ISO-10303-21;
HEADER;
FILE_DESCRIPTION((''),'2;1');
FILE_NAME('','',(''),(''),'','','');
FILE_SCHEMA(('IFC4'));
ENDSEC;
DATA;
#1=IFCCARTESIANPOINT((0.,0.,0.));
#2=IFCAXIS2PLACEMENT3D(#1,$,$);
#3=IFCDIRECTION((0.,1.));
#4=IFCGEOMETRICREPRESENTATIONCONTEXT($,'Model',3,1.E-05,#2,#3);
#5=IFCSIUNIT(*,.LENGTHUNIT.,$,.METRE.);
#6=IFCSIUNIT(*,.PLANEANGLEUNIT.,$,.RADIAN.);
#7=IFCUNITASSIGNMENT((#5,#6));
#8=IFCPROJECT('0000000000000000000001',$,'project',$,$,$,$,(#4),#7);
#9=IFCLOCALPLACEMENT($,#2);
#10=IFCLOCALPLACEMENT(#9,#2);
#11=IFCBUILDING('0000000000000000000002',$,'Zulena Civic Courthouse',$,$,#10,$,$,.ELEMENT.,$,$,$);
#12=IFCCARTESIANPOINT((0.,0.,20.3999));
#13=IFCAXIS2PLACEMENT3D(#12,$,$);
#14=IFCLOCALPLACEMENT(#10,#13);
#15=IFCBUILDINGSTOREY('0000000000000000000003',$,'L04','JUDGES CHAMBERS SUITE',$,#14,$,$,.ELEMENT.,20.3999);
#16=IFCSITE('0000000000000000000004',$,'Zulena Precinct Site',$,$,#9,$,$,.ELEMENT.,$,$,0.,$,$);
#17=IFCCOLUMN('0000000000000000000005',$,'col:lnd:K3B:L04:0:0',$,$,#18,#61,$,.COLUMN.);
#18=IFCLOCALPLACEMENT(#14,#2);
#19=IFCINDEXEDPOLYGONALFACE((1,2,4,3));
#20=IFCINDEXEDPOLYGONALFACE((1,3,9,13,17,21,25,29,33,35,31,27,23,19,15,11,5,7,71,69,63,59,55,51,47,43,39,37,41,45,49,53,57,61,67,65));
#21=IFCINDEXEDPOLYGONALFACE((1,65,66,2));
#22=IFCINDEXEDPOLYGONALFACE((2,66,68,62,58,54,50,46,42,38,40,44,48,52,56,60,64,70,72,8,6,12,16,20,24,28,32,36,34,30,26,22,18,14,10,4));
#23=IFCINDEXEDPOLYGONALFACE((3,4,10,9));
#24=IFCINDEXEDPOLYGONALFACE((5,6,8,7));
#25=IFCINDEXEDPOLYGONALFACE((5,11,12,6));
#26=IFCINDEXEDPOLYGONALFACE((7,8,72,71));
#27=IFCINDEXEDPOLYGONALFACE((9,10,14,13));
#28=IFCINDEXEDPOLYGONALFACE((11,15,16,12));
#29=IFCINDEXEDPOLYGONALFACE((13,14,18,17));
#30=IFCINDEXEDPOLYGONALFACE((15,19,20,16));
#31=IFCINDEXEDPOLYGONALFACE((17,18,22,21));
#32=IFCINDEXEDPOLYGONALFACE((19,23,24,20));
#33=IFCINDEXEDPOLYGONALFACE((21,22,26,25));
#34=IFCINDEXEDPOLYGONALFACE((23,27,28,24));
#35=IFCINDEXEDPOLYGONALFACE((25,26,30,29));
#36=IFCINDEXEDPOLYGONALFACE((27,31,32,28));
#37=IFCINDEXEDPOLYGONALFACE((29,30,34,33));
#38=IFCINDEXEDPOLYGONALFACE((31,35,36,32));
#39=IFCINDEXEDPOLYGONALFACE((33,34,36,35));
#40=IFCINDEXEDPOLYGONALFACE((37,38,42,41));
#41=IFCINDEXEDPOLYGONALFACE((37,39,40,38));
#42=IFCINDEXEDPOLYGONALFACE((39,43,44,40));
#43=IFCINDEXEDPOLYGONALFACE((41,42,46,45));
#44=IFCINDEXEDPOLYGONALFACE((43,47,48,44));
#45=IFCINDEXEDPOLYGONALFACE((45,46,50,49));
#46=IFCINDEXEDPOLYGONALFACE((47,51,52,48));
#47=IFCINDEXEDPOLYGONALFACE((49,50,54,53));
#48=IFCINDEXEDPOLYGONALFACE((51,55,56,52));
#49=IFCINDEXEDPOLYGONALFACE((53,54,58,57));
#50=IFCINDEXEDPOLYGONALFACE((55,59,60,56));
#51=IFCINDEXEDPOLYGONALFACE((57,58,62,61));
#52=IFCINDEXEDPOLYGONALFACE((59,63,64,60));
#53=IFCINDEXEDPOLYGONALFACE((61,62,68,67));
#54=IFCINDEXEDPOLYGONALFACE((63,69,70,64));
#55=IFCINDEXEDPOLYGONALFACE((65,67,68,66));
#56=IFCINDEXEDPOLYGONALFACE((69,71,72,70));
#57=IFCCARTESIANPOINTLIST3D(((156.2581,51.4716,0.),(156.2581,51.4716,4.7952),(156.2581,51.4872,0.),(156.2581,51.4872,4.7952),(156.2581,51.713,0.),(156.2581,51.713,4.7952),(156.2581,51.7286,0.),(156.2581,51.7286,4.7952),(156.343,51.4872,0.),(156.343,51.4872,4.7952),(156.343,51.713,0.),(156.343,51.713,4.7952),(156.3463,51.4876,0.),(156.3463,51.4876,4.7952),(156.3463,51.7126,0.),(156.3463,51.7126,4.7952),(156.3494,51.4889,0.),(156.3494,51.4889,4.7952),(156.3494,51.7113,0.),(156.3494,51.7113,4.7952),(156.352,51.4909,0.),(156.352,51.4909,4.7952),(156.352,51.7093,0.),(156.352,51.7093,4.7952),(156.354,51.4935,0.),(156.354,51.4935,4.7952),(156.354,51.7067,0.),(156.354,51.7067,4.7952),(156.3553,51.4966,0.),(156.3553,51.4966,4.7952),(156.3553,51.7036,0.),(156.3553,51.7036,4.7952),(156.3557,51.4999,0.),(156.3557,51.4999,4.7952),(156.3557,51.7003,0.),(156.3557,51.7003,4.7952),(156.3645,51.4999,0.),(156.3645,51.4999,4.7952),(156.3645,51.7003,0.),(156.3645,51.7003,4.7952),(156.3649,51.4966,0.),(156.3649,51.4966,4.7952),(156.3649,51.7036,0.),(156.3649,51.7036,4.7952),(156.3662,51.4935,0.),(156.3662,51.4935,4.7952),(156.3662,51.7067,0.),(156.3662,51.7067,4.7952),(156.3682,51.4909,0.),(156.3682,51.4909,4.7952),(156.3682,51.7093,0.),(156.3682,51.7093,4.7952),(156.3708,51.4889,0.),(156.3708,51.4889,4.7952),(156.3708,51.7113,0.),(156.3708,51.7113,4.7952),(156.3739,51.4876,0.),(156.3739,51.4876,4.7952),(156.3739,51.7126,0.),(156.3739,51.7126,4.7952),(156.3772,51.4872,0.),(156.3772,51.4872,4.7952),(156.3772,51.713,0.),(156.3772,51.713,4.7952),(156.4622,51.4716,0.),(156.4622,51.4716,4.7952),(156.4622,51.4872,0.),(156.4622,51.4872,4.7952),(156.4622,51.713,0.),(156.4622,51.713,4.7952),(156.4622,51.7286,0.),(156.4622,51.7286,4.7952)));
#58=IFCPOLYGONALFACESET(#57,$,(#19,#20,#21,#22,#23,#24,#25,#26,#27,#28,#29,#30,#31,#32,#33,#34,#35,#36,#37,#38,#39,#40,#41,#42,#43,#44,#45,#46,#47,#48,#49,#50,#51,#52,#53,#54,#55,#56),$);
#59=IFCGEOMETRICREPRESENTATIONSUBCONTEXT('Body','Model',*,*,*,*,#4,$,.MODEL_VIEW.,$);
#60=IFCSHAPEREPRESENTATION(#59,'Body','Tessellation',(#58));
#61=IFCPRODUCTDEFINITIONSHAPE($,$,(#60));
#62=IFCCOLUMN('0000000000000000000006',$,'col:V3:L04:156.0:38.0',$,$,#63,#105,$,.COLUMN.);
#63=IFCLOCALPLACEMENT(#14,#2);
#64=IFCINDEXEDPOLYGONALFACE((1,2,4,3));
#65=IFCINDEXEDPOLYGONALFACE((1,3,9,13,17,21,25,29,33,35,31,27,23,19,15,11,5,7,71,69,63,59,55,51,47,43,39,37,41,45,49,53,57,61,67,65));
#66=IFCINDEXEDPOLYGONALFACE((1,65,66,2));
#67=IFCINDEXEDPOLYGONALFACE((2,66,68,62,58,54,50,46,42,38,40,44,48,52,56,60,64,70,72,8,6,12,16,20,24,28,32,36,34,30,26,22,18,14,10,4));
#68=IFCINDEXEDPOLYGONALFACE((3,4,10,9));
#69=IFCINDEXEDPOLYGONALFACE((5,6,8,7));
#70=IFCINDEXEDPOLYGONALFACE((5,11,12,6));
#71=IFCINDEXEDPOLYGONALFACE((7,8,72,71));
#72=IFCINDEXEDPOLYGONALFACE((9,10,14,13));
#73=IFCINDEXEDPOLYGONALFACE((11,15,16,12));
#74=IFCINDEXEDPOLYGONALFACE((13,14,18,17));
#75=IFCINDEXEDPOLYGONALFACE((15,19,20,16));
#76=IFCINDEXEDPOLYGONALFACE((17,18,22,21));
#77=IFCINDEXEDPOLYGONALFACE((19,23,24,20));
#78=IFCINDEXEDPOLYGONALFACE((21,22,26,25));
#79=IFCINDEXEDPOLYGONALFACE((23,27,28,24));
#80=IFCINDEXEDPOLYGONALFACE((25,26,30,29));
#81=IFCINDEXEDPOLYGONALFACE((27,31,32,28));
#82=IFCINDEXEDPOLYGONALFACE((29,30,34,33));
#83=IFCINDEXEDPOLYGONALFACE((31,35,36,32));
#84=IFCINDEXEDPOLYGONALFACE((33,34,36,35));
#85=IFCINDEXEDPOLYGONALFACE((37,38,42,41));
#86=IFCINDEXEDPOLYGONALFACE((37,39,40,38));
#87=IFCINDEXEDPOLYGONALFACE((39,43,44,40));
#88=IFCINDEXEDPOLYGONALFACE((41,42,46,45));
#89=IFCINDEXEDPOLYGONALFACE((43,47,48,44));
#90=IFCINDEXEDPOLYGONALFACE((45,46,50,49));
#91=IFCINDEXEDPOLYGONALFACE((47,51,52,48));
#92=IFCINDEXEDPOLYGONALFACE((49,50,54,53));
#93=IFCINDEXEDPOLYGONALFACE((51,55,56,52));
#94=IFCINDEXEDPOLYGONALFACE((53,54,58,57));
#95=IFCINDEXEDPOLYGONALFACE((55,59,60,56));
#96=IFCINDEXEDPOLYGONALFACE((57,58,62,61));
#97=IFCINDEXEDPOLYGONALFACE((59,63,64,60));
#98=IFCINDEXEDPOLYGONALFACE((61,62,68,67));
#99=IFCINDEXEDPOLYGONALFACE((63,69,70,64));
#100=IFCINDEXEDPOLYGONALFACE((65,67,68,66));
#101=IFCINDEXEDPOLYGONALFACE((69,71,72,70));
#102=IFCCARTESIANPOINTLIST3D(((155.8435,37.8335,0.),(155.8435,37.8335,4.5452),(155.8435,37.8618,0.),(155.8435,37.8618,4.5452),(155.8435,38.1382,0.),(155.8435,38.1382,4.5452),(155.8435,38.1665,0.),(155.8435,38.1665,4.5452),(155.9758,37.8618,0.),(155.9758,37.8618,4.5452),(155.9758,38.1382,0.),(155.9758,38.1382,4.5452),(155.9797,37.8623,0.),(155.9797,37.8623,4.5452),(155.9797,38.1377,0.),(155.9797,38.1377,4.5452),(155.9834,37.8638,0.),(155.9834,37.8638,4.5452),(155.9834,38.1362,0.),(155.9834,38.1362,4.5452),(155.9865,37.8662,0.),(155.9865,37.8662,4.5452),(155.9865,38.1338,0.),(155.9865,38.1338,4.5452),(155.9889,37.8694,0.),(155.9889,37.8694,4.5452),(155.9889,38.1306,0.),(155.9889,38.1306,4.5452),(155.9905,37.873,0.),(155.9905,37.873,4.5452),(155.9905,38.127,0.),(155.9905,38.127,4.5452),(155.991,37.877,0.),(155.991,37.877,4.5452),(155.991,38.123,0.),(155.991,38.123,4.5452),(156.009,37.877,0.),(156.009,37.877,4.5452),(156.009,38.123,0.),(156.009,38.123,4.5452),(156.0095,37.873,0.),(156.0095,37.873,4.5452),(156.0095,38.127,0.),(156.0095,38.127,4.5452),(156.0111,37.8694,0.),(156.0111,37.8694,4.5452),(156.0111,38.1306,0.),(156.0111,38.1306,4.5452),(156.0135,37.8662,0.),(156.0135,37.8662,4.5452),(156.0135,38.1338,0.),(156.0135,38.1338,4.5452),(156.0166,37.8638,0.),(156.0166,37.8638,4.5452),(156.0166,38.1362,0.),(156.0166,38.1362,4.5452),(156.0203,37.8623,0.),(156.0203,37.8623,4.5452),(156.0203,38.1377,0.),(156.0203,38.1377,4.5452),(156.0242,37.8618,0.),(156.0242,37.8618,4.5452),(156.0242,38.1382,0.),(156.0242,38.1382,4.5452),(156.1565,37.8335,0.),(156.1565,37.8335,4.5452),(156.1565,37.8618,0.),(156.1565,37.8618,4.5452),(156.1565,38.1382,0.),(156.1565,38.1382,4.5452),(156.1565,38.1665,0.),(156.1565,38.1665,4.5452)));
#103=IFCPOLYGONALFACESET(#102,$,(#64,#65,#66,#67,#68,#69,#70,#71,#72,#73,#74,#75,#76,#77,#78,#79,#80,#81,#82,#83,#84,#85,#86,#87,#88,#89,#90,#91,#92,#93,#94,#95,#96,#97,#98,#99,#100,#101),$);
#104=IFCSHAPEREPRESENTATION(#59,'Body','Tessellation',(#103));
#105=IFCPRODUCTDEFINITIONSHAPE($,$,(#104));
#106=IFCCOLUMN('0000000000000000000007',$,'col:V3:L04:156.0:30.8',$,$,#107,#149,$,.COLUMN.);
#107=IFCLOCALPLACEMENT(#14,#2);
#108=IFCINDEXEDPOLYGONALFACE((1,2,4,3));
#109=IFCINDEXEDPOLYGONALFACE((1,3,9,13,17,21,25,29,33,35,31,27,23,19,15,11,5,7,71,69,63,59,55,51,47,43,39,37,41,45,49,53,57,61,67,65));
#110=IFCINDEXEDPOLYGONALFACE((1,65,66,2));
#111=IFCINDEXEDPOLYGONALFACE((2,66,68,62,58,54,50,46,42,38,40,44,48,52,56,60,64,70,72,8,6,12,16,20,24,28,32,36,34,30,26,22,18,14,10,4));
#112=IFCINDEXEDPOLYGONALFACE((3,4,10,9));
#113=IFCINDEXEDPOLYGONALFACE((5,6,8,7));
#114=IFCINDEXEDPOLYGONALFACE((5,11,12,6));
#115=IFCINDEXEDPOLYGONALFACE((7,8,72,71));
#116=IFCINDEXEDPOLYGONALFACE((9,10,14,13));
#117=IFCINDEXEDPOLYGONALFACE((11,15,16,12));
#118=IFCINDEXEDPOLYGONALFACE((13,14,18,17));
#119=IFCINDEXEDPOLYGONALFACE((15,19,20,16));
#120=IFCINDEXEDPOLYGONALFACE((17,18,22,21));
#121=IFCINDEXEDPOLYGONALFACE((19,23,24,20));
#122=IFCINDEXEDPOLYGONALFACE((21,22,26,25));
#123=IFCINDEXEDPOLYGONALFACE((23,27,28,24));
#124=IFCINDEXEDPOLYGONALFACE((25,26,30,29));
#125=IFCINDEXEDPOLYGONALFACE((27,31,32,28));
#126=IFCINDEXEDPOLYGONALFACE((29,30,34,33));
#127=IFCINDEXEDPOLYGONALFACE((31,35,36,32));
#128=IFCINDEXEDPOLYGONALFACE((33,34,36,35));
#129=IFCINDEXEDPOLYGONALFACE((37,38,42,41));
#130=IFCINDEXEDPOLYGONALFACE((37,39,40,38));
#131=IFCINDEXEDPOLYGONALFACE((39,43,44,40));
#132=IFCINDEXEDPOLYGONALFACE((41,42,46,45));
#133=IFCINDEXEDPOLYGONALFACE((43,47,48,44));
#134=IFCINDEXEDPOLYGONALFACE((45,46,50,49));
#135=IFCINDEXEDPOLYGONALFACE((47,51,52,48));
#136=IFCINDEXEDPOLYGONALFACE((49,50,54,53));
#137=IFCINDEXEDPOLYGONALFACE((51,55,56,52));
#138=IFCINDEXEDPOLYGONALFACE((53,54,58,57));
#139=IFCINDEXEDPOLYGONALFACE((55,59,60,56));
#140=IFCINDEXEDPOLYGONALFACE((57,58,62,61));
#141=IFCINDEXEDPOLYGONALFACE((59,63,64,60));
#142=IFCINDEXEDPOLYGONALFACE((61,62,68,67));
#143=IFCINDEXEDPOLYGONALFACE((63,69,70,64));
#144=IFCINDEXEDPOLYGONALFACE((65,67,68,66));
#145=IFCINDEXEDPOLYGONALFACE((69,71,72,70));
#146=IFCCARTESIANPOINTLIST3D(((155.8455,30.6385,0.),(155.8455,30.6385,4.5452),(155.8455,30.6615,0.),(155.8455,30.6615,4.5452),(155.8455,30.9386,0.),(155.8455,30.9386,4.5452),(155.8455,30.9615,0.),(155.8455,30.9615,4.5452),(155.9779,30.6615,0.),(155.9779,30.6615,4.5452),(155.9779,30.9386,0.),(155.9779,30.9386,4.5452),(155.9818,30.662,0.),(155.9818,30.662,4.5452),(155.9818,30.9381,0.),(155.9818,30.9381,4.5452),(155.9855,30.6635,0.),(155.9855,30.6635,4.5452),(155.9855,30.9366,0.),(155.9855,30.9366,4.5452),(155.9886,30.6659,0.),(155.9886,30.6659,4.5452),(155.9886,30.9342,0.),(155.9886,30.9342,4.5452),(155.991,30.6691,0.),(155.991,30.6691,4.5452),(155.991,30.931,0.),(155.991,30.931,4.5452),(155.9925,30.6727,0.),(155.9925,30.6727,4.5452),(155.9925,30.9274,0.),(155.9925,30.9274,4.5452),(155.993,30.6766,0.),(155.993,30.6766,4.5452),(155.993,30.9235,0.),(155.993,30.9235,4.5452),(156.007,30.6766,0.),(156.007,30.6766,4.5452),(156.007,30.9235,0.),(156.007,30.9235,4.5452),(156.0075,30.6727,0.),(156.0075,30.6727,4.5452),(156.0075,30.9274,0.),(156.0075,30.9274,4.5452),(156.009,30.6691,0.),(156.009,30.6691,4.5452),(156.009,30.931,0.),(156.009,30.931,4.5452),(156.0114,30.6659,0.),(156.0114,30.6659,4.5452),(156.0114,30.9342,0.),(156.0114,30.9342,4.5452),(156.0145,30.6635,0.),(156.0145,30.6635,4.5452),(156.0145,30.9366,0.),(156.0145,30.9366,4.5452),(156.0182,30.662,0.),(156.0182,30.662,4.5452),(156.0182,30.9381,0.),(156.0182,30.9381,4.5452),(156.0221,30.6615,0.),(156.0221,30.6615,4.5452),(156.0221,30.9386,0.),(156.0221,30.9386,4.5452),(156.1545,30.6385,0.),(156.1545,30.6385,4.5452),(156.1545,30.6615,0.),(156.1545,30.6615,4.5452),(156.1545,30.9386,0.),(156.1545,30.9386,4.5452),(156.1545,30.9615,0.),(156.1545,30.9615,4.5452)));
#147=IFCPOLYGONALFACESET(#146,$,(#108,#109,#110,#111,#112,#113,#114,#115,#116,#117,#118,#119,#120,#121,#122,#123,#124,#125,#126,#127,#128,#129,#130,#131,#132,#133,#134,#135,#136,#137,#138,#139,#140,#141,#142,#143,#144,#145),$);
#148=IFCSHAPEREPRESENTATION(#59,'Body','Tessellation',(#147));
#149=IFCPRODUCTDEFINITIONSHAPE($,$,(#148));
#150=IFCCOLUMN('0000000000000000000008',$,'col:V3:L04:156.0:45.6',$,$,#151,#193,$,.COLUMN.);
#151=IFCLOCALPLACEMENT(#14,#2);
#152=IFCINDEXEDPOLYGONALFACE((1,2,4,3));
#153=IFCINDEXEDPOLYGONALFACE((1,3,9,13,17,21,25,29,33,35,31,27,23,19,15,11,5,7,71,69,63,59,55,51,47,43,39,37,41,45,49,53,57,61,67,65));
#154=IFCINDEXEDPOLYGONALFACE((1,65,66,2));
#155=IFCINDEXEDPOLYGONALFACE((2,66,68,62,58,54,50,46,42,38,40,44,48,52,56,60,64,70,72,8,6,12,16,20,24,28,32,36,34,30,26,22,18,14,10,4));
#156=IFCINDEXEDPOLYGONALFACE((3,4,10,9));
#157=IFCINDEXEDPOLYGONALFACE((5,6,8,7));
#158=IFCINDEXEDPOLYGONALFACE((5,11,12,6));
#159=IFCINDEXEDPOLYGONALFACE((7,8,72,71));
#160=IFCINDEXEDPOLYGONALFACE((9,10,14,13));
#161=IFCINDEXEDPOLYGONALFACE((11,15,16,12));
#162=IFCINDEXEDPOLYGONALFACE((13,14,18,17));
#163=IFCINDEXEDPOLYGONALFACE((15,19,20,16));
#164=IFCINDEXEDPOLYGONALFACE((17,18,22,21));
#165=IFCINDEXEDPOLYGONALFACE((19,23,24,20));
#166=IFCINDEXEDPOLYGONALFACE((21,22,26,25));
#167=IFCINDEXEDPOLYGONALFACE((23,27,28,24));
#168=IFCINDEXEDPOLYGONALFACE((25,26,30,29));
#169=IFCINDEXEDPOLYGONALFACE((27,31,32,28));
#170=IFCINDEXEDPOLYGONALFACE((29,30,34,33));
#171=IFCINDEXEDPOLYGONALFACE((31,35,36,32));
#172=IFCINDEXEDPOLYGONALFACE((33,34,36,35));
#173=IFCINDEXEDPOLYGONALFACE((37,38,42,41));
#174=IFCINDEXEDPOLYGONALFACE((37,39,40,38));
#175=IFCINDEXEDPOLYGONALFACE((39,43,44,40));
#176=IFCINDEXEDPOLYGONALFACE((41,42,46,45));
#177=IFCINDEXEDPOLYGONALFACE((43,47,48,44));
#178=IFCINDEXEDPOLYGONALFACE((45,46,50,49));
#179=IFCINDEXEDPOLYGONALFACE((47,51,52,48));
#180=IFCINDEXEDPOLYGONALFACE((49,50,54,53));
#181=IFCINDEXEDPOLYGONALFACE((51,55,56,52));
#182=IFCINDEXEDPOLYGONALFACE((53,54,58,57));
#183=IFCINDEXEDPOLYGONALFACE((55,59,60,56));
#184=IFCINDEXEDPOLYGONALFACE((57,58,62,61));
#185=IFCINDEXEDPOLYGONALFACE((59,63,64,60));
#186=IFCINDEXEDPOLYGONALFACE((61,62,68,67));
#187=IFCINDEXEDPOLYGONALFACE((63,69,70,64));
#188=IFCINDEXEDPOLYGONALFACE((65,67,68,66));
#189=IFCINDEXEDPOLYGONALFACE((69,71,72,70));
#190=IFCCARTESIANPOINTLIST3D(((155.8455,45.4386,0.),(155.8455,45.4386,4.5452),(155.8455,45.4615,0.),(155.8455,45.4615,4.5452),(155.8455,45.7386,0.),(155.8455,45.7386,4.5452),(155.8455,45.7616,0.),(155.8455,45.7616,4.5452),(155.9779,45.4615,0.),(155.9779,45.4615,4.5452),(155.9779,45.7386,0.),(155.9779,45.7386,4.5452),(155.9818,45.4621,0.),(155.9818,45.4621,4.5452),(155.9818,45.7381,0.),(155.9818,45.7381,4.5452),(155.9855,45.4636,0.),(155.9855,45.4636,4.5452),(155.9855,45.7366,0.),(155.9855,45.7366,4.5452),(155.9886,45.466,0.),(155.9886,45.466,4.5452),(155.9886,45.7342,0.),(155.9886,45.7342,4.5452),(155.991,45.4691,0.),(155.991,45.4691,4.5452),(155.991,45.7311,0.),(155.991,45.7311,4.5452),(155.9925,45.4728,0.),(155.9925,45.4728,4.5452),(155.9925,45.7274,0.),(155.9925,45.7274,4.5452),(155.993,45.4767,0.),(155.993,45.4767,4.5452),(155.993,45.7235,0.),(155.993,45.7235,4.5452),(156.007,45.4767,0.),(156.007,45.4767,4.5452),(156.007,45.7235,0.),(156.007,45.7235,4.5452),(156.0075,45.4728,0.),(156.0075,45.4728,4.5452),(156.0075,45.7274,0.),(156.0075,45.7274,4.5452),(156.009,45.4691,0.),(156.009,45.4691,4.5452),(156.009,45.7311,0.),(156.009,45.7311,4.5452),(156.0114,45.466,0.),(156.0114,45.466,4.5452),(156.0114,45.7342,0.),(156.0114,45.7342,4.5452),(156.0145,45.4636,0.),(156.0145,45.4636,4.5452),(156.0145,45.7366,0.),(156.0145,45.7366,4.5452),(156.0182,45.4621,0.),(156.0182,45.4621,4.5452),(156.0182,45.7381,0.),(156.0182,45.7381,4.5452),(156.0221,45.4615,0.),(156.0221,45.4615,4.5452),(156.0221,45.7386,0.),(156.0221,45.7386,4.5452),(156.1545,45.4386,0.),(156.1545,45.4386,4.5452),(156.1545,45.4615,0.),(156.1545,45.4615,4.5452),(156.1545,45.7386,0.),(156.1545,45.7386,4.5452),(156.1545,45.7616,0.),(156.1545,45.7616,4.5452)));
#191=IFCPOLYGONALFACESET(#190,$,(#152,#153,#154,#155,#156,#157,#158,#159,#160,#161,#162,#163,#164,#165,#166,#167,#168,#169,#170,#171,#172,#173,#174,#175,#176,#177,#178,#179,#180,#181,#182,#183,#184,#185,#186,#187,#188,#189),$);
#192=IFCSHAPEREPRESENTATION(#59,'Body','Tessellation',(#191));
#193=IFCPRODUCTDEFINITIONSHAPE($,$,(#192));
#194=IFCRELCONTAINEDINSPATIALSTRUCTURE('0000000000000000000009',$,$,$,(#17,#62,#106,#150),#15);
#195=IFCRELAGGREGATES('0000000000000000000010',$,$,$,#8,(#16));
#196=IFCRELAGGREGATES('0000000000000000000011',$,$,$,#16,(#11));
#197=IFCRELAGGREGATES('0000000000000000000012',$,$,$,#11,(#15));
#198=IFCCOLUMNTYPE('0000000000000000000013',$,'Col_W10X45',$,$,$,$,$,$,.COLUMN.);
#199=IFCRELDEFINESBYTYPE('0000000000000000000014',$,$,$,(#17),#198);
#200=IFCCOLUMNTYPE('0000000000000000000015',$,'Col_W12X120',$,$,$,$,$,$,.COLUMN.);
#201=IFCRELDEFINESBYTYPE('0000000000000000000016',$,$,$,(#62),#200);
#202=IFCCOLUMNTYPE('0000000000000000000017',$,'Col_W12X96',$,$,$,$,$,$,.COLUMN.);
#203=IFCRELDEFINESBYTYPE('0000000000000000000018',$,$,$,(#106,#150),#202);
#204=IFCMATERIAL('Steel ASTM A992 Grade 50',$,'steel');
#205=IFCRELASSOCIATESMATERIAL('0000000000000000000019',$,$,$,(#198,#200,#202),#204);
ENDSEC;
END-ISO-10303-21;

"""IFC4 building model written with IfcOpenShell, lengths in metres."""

from ifc_helpers import new_model, si_unit, direction, frame, origin, origin_2d, place, context, subcontext, project, spatial, i_section, extrude, material, material_profile, profile_set, type_object, element, save


model = new_model("IFC4")

# Units and contexts
model_context = context("Model", 3, precision=1e-05, world=origin(), true_north=direction((0.0, 1.0)))
body_context = subcontext(model_context, "Body", "Model", "MODEL_VIEW")
ifc_project = project(units=[si_unit("LENGTHUNIT", "METRE"), si_unit("PLANEANGLEUNIT", "RADIAN")], contexts=[model_context])

# Site, building, storey
site_placement = place(None, origin())
site = spatial("IfcSite", under=ifc_project, at=site_placement, Name="Zulena Precinct Site", CompositionType="ELEMENT", RefElevation=0.0)
building_placement = place(site_placement, origin())
building = spatial("IfcBuilding", under=site, at=building_placement, Name="Zulena Civic Courthouse", CompositionType="ELEMENT")
storey_placement = place(building_placement, frame((0.0, 0.0, 20.3999)))
storey = spatial("IfcBuildingStorey", under=building, at=storey_placement, Name="L04", Description="JUDGES CHAMBERS SUITE", CompositionType="ELEMENT", Elevation=20.3999)

# Columns
ifc_material_1 = material(Name="Steel ASTM A992 Grade 50", Category="steel")
ifc_material_profile_1 = material_profile(ifc_material_1, i_section(OverallWidth=0.2041, OverallDepth=0.2571, WebThickness=0.0088, FlangeThickness=0.0156, FilletRadius=0.0127, at=origin_2d()), Name="W10X45")
ifc_profile_set_1 = profile_set([ifc_material_profile_1], Name="Steel ASTM A992 Grade 50")
column_type_1 = type_object("IfcColumnType", Name="Col_W10X45", PredefinedType="COLUMN", material=ifc_profile_set_1)
column_1_placement = place(storey_placement, frame((156.3601, 51.6001, 0.0), z_axis=(0.0, 0.0, 1.0), x_axis=(1.0, 0.0, 0.0)))
element("IfcColumn", 1, at=column_1_placement, inside=storey, type_object=column_type_1, Name="col:lnd:K3B:L04:0:0", PredefinedType="COLUMN", context=body_context, shape_type="SweptSolid", body=[
    extrude(i_section(OverallWidth=0.2041, OverallDepth=0.2571, WebThickness=0.0088, FlangeThickness=0.0156, FilletRadius=0.0127, at=origin_2d()), origin(), (0.0, 0.0, 1.0), 4.7952),
])
ifc_material_profile_2 = material_profile(ifc_material_1, i_section(OverallWidth=0.313, OverallDepth=0.333, WebThickness=0.0181, FlangeThickness=0.0283, FilletRadius=0.0151, at=origin_2d()), Name="W12X120")
ifc_profile_set_2 = profile_set([ifc_material_profile_2], Name="Steel ASTM A992 Grade 50")
column_type_2 = type_object("IfcColumnType", Name="Col_W12X120", PredefinedType="COLUMN", material=ifc_profile_set_2)
column_2_placement = place(storey_placement, frame((156.0, 38.0, 0.0), z_axis=(0.0, 0.0, 1.0), x_axis=(1.0, 0.0, 0.0)))
element("IfcColumn", 2, at=column_2_placement, inside=storey, type_object=column_type_2, Name="col:V3:L04:156.0:38.0", PredefinedType="COLUMN", context=body_context, shape_type="SweptSolid", body=[
    extrude(i_section(OverallWidth=0.313, OverallDepth=0.333, WebThickness=0.0181, FlangeThickness=0.0283, FilletRadius=0.0151, at=origin_2d()), origin(), (0.0, 0.0, 1.0), 4.5452),
])
ifc_material_profile_3 = material_profile(ifc_material_1, i_section(OverallWidth=0.3091, OverallDepth=0.323, WebThickness=0.0139, FlangeThickness=0.0229, FilletRadius=0.0151, at=origin_2d()), Name="W12X96")
ifc_profile_set_3 = profile_set([ifc_material_profile_3], Name="Steel ASTM A992 Grade 50")
column_type_3 = type_object("IfcColumnType", Name="Col_W12X96", PredefinedType="COLUMN", material=ifc_profile_set_3)
for number, where, z_axis, x_axis, name in (
    (3, (156.0, 30.8, 0.0), (0.0, 0.0, 1.0), (1.0, 0.0, 0.0), "col:V3:L04:156.0:30.8"),
    (4, (156.0, 45.6001, 0.0), (0.0, 0.0, 1.0), (1.0, 0.0, 0.0), "col:V3:L04:156.0:45.6"),
):
    element("IfcColumn", number, at=place(storey_placement, frame(where, z_axis=z_axis, x_axis=x_axis)), inside=storey, type_object=column_type_3, Name=name, PredefinedType="COLUMN", context=body_context, shape_type="SweptSolid", body=[
        extrude(i_section(OverallWidth=0.3091, OverallDepth=0.323, WebThickness=0.0139, FlangeThickness=0.0229, FilletRadius=0.0151, at=origin_2d()), origin(), (0.0, 0.0, 1.0), 4.5452),
    ])

save(model, "model.ifc")
